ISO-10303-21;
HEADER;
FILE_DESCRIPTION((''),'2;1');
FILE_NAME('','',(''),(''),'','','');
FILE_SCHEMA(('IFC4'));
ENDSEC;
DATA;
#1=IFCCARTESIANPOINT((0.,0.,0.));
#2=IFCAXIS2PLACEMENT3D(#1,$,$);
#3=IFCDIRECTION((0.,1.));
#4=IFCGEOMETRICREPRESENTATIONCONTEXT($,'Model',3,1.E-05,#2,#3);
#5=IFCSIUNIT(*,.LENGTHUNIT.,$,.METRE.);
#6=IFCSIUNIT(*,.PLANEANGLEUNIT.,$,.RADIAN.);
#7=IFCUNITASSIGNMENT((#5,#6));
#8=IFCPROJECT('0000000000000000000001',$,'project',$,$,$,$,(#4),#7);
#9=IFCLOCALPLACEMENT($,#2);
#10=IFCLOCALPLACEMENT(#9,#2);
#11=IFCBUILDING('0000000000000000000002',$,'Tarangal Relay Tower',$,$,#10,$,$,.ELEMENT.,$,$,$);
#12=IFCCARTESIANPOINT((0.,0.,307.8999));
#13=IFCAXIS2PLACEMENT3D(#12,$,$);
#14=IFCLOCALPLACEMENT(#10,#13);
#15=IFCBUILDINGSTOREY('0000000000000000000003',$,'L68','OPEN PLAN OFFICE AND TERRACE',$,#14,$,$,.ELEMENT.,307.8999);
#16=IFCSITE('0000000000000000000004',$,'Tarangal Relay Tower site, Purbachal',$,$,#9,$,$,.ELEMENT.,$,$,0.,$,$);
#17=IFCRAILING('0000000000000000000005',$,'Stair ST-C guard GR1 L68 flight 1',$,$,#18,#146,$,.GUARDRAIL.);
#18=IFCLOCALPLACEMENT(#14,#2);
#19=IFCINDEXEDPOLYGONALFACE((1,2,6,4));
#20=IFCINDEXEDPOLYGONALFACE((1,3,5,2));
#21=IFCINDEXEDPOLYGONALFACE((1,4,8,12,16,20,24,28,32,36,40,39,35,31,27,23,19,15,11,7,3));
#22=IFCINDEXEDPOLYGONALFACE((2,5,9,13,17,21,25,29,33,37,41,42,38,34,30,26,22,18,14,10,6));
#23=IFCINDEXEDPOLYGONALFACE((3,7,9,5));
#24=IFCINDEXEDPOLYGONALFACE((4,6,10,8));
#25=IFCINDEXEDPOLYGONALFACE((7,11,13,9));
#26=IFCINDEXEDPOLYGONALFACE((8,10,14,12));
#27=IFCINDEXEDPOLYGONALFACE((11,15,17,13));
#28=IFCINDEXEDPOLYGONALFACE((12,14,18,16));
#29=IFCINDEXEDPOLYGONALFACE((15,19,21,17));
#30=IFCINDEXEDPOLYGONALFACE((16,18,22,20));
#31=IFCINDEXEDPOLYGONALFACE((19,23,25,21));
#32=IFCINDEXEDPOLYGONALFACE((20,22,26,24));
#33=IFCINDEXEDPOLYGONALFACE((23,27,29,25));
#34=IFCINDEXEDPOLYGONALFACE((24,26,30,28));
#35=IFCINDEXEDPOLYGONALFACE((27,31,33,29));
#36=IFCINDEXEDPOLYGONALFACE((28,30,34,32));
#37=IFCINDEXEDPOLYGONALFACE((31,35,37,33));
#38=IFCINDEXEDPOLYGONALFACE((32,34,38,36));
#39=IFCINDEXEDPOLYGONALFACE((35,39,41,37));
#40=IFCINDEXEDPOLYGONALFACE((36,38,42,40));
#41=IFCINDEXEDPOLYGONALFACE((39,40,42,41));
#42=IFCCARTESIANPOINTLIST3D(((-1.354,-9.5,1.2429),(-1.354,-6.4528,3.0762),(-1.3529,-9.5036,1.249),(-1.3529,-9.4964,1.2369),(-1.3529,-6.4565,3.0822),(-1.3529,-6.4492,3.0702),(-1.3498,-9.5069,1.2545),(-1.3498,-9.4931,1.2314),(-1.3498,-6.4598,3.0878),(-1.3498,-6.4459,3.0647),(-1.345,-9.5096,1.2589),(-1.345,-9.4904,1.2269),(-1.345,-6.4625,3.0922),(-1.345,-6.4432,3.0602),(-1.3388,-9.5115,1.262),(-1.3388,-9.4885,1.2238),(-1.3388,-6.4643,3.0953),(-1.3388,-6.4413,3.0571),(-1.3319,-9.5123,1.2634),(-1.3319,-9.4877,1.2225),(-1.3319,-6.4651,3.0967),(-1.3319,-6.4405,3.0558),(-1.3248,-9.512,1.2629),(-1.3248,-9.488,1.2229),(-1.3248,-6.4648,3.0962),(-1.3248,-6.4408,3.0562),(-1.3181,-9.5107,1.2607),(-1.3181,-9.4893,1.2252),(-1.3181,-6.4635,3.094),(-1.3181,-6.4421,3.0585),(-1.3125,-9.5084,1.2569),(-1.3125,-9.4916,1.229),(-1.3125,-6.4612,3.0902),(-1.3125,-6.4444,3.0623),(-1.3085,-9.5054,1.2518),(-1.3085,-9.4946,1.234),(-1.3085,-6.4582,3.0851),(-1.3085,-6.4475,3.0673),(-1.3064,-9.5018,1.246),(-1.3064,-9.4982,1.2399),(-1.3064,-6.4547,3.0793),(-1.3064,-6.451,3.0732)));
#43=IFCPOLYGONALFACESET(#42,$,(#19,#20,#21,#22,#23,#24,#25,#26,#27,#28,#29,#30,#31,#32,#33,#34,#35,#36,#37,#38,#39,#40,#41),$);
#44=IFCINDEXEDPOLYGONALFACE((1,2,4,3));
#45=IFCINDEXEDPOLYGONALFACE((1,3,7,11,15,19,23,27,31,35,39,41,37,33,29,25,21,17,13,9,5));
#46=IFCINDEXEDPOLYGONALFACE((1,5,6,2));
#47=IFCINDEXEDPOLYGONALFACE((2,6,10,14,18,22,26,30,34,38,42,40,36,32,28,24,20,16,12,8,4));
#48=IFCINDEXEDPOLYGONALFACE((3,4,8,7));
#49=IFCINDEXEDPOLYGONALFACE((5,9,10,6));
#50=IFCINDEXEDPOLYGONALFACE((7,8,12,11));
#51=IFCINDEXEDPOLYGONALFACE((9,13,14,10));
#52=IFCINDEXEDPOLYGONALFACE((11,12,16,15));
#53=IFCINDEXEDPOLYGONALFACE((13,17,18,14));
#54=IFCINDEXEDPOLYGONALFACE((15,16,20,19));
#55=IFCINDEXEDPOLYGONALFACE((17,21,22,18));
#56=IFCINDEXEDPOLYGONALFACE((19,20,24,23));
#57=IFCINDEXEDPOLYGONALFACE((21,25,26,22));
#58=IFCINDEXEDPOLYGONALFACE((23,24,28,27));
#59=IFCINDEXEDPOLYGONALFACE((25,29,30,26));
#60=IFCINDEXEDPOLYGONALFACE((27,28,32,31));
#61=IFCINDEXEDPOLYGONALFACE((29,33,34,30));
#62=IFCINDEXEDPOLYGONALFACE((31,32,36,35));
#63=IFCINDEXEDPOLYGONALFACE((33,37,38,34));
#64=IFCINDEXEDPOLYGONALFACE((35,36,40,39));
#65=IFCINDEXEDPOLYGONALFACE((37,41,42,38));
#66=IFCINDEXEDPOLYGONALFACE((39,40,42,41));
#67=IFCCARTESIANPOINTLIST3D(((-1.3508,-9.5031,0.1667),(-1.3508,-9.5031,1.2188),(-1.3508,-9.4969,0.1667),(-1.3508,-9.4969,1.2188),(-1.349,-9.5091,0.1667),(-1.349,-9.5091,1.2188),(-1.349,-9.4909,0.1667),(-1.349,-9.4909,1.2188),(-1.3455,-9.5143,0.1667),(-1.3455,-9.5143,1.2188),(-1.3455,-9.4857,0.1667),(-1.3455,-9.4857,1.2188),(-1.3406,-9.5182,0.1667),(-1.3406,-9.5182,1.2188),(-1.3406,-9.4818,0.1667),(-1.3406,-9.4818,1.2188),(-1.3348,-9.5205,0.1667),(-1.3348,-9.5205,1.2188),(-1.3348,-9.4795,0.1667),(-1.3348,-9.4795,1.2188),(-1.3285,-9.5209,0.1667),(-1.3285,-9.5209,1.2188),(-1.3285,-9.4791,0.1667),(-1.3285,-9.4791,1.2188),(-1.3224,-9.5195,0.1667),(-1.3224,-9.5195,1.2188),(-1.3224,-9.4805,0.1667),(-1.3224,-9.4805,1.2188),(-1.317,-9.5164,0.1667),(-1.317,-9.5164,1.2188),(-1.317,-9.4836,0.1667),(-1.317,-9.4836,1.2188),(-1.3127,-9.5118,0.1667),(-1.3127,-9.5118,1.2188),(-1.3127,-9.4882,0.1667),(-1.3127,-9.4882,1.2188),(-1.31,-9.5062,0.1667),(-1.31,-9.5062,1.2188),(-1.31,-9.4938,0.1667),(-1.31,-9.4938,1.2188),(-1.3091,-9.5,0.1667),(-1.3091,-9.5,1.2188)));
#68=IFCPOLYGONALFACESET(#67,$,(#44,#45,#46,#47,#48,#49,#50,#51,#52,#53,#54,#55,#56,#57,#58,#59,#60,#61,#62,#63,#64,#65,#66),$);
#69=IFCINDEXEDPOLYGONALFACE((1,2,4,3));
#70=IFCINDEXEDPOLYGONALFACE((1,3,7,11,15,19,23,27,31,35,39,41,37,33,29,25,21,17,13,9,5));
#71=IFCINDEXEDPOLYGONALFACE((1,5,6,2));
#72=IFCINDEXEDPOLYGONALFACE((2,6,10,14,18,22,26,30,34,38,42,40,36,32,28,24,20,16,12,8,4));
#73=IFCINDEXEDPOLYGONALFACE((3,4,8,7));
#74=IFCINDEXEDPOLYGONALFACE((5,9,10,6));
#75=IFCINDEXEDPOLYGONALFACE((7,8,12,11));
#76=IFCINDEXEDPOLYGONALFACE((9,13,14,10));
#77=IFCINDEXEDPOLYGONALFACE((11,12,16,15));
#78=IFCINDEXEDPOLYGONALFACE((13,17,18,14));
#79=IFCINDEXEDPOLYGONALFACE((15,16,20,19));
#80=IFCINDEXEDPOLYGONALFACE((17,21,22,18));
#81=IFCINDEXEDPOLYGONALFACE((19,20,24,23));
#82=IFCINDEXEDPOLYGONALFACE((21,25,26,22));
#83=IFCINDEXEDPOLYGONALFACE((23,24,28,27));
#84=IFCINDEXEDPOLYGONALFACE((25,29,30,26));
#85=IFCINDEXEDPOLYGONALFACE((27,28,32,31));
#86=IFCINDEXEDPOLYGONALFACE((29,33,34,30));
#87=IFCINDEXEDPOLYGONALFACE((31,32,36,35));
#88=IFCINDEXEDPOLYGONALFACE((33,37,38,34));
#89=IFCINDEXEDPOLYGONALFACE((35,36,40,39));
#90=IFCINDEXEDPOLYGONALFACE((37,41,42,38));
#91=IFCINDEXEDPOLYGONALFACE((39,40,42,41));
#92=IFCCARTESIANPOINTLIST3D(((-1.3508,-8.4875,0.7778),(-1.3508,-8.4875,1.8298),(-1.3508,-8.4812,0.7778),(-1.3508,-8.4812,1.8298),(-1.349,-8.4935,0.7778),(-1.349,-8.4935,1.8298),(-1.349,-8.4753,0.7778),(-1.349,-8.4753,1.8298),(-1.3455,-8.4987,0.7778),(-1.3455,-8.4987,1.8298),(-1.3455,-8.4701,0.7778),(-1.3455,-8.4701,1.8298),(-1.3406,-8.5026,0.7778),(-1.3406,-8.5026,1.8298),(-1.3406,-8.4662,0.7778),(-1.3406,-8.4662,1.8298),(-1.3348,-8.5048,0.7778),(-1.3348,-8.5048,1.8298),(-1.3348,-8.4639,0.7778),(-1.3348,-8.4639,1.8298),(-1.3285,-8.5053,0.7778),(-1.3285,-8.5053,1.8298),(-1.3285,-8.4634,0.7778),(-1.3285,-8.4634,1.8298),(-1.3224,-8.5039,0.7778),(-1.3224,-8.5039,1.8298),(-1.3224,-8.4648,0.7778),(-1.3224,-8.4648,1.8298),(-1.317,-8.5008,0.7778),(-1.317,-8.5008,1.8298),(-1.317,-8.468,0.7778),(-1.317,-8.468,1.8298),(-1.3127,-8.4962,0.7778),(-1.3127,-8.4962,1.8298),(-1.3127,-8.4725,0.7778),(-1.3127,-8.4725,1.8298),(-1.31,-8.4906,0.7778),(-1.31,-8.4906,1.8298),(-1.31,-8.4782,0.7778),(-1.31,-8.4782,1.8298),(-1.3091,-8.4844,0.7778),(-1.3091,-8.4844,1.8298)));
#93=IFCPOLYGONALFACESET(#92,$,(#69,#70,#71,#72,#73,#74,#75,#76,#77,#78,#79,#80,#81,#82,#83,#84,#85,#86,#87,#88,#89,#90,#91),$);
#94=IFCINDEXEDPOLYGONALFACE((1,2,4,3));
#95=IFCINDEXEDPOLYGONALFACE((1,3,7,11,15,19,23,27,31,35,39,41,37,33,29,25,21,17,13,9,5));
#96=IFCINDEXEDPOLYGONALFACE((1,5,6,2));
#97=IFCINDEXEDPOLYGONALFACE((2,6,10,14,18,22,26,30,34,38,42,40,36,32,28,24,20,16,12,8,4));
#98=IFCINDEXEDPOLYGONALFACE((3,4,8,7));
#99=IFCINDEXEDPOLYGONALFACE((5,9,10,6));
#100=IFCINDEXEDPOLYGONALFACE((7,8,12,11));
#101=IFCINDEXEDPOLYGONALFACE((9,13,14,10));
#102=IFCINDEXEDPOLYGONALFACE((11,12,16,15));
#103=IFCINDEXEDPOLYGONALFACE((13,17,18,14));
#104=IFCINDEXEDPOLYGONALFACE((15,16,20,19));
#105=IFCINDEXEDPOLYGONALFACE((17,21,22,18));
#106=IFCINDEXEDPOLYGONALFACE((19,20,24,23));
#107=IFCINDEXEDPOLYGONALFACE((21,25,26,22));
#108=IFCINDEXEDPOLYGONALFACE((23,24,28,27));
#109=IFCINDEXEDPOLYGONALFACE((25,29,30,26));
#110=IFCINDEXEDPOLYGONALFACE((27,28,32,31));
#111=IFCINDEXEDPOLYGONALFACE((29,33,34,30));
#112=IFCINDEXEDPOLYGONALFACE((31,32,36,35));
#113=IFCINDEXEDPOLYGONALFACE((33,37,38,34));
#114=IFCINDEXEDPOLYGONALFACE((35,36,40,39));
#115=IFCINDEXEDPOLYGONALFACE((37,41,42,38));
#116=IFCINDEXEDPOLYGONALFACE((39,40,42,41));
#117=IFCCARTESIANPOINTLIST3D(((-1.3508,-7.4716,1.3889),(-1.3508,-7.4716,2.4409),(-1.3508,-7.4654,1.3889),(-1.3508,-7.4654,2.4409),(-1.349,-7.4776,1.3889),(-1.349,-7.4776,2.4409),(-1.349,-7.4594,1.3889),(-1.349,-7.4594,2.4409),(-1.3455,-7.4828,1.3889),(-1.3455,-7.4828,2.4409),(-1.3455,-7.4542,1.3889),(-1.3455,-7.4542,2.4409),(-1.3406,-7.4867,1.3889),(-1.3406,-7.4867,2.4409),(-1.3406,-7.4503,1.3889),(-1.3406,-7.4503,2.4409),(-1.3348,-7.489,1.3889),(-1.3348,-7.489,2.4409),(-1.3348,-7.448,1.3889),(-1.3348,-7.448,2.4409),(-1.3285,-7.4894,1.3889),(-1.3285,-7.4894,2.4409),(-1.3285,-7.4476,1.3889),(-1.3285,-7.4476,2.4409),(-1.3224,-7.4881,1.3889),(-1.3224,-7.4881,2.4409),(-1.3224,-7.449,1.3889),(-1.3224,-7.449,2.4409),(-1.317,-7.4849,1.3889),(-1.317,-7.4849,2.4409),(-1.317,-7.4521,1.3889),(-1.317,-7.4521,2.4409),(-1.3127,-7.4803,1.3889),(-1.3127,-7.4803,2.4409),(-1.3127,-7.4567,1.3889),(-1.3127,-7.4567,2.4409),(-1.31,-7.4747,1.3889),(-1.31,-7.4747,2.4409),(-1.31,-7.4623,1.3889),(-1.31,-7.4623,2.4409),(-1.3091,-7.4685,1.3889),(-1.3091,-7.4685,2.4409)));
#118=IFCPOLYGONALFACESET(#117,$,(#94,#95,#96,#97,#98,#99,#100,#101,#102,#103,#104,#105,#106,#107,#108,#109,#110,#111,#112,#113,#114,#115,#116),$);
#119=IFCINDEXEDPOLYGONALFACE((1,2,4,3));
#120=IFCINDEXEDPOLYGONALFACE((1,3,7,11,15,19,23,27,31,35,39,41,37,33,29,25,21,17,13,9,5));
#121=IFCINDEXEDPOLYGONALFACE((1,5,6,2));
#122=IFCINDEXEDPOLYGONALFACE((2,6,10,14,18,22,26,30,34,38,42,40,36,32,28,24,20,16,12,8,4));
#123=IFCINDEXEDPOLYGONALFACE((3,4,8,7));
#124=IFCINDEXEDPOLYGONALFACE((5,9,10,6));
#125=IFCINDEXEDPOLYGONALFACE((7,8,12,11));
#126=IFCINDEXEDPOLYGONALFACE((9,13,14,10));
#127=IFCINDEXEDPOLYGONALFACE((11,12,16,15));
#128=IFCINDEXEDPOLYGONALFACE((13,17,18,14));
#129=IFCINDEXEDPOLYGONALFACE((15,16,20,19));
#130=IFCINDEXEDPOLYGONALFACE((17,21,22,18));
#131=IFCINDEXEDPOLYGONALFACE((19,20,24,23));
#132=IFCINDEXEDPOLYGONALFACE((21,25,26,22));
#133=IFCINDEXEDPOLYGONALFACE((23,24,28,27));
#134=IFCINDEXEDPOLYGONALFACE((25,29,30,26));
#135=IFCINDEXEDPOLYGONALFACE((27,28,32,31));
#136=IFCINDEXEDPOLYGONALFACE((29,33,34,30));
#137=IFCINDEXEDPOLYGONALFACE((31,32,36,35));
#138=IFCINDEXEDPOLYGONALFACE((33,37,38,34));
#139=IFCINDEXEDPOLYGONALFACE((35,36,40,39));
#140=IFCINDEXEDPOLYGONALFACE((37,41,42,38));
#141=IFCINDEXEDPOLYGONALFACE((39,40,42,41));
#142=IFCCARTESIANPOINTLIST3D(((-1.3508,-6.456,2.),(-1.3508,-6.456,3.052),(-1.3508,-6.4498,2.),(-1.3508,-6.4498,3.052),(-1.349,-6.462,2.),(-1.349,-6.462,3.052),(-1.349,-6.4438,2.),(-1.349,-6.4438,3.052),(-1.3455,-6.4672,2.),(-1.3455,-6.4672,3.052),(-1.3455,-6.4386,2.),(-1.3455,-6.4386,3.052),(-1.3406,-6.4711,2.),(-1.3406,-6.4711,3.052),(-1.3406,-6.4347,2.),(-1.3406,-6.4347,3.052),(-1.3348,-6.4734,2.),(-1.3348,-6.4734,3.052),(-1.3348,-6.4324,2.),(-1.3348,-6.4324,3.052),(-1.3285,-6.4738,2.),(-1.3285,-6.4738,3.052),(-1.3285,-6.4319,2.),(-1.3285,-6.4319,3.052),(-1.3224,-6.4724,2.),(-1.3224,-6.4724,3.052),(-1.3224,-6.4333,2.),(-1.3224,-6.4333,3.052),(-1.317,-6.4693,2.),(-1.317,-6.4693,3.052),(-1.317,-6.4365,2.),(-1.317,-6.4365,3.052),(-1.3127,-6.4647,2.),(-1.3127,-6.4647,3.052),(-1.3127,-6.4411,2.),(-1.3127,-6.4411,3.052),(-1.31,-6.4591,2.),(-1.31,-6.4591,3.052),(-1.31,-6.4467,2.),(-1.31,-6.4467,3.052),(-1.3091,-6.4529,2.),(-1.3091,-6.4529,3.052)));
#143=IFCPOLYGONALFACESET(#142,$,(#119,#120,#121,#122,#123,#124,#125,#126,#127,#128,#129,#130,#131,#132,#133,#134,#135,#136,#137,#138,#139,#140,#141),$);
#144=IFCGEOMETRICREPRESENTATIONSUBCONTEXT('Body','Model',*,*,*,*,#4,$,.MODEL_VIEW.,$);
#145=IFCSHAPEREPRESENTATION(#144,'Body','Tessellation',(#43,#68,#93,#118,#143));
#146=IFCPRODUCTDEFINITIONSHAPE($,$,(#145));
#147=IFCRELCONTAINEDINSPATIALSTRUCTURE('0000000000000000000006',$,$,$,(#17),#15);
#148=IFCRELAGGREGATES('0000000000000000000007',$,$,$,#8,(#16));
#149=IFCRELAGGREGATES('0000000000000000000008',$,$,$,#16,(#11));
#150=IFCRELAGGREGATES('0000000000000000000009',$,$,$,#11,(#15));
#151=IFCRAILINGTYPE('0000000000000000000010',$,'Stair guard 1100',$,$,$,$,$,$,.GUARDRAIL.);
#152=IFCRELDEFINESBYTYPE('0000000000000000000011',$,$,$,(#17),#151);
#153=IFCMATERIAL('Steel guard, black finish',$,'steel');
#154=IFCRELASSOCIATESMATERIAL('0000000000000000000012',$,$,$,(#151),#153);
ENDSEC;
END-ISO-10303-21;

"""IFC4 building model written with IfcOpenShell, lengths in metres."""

from ifc_helpers import new_model, si_unit, direction, frame, origin, origin_2d, place, context, subcontext, project, spatial, circle, extrude, material, type_object, element, save


model = new_model("IFC4")

# Units and contexts
model_context = context("Model", 3, precision=1e-05, world=origin(), true_north=direction((0.0, 1.0)))
body_context = subcontext(model_context, "Body", "Model", "MODEL_VIEW")
ifc_project = project(units=[si_unit("LENGTHUNIT", "METRE"), si_unit("PLANEANGLEUNIT", "RADIAN")], contexts=[model_context])

# Site, building, storey
site_placement = place(None, origin())
site = spatial("IfcSite", under=ifc_project, at=site_placement, Name="Tarangal Relay Tower site, Purbachal", CompositionType="ELEMENT", RefElevation=0.0)
building_placement = place(site_placement, origin())
building = spatial("IfcBuilding", under=site, at=building_placement, Name="Tarangal Relay Tower", CompositionType="ELEMENT")
storey_placement = place(building_placement, frame((0.0, 0.0, 307.8999)))
storey = spatial("IfcBuildingStorey", under=building, at=storey_placement, Name="L68", Description="OPEN PLAN OFFICE AND TERRACE", CompositionType="ELEMENT", Elevation=307.8999)

# Railing
ifc_material_1 = material(Name="Steel guard, black finish", Category="steel")
railing_type = type_object("IfcRailingType", Name="Stair guard 1100", PredefinedType="GUARDRAIL", material=ifc_material_1)
railing_1_placement = place(storey_placement, frame((-1.3301, -9.5, 0.1667)))
element("IfcRailing", 1, at=railing_1_placement, inside=storey, type_object=railing_type, Name="Stair ST-C guard GR1 L68 flight 1", PredefinedType="GUARDRAIL", context=body_context, shape_type="SweptSolid", body=[
    extrude(circle(Radius=0.0239, at=origin_2d()), frame((0.0, 0.0, 1.0762), z_axis=(0.0, 0.856874, 0.515525), x_axis=(-1.0, 0.0, 0.0)), (0.0, 0.0, 1.0), 3.5562),
    extrude(circle(Radius=0.021, at=origin_2d()), origin(), (0.0, 0.0, 1.0), 1.052),
    extrude(circle(Radius=0.021, at=origin_2d()), frame((0.0, 1.0156, 0.6111)), (0.0, 0.0, 1.0), 1.052),
    extrude(circle(Radius=0.021, at=origin_2d()), frame((0.0, 2.0315, 1.2222)), (0.0, 0.0, 1.0), 1.052),
    extrude(circle(Radius=0.021, at=origin_2d()), frame((0.0, 3.0471, 1.8333)), (0.0, 0.0, 1.0), 1.052),
])

save(model, "model.ifc")
